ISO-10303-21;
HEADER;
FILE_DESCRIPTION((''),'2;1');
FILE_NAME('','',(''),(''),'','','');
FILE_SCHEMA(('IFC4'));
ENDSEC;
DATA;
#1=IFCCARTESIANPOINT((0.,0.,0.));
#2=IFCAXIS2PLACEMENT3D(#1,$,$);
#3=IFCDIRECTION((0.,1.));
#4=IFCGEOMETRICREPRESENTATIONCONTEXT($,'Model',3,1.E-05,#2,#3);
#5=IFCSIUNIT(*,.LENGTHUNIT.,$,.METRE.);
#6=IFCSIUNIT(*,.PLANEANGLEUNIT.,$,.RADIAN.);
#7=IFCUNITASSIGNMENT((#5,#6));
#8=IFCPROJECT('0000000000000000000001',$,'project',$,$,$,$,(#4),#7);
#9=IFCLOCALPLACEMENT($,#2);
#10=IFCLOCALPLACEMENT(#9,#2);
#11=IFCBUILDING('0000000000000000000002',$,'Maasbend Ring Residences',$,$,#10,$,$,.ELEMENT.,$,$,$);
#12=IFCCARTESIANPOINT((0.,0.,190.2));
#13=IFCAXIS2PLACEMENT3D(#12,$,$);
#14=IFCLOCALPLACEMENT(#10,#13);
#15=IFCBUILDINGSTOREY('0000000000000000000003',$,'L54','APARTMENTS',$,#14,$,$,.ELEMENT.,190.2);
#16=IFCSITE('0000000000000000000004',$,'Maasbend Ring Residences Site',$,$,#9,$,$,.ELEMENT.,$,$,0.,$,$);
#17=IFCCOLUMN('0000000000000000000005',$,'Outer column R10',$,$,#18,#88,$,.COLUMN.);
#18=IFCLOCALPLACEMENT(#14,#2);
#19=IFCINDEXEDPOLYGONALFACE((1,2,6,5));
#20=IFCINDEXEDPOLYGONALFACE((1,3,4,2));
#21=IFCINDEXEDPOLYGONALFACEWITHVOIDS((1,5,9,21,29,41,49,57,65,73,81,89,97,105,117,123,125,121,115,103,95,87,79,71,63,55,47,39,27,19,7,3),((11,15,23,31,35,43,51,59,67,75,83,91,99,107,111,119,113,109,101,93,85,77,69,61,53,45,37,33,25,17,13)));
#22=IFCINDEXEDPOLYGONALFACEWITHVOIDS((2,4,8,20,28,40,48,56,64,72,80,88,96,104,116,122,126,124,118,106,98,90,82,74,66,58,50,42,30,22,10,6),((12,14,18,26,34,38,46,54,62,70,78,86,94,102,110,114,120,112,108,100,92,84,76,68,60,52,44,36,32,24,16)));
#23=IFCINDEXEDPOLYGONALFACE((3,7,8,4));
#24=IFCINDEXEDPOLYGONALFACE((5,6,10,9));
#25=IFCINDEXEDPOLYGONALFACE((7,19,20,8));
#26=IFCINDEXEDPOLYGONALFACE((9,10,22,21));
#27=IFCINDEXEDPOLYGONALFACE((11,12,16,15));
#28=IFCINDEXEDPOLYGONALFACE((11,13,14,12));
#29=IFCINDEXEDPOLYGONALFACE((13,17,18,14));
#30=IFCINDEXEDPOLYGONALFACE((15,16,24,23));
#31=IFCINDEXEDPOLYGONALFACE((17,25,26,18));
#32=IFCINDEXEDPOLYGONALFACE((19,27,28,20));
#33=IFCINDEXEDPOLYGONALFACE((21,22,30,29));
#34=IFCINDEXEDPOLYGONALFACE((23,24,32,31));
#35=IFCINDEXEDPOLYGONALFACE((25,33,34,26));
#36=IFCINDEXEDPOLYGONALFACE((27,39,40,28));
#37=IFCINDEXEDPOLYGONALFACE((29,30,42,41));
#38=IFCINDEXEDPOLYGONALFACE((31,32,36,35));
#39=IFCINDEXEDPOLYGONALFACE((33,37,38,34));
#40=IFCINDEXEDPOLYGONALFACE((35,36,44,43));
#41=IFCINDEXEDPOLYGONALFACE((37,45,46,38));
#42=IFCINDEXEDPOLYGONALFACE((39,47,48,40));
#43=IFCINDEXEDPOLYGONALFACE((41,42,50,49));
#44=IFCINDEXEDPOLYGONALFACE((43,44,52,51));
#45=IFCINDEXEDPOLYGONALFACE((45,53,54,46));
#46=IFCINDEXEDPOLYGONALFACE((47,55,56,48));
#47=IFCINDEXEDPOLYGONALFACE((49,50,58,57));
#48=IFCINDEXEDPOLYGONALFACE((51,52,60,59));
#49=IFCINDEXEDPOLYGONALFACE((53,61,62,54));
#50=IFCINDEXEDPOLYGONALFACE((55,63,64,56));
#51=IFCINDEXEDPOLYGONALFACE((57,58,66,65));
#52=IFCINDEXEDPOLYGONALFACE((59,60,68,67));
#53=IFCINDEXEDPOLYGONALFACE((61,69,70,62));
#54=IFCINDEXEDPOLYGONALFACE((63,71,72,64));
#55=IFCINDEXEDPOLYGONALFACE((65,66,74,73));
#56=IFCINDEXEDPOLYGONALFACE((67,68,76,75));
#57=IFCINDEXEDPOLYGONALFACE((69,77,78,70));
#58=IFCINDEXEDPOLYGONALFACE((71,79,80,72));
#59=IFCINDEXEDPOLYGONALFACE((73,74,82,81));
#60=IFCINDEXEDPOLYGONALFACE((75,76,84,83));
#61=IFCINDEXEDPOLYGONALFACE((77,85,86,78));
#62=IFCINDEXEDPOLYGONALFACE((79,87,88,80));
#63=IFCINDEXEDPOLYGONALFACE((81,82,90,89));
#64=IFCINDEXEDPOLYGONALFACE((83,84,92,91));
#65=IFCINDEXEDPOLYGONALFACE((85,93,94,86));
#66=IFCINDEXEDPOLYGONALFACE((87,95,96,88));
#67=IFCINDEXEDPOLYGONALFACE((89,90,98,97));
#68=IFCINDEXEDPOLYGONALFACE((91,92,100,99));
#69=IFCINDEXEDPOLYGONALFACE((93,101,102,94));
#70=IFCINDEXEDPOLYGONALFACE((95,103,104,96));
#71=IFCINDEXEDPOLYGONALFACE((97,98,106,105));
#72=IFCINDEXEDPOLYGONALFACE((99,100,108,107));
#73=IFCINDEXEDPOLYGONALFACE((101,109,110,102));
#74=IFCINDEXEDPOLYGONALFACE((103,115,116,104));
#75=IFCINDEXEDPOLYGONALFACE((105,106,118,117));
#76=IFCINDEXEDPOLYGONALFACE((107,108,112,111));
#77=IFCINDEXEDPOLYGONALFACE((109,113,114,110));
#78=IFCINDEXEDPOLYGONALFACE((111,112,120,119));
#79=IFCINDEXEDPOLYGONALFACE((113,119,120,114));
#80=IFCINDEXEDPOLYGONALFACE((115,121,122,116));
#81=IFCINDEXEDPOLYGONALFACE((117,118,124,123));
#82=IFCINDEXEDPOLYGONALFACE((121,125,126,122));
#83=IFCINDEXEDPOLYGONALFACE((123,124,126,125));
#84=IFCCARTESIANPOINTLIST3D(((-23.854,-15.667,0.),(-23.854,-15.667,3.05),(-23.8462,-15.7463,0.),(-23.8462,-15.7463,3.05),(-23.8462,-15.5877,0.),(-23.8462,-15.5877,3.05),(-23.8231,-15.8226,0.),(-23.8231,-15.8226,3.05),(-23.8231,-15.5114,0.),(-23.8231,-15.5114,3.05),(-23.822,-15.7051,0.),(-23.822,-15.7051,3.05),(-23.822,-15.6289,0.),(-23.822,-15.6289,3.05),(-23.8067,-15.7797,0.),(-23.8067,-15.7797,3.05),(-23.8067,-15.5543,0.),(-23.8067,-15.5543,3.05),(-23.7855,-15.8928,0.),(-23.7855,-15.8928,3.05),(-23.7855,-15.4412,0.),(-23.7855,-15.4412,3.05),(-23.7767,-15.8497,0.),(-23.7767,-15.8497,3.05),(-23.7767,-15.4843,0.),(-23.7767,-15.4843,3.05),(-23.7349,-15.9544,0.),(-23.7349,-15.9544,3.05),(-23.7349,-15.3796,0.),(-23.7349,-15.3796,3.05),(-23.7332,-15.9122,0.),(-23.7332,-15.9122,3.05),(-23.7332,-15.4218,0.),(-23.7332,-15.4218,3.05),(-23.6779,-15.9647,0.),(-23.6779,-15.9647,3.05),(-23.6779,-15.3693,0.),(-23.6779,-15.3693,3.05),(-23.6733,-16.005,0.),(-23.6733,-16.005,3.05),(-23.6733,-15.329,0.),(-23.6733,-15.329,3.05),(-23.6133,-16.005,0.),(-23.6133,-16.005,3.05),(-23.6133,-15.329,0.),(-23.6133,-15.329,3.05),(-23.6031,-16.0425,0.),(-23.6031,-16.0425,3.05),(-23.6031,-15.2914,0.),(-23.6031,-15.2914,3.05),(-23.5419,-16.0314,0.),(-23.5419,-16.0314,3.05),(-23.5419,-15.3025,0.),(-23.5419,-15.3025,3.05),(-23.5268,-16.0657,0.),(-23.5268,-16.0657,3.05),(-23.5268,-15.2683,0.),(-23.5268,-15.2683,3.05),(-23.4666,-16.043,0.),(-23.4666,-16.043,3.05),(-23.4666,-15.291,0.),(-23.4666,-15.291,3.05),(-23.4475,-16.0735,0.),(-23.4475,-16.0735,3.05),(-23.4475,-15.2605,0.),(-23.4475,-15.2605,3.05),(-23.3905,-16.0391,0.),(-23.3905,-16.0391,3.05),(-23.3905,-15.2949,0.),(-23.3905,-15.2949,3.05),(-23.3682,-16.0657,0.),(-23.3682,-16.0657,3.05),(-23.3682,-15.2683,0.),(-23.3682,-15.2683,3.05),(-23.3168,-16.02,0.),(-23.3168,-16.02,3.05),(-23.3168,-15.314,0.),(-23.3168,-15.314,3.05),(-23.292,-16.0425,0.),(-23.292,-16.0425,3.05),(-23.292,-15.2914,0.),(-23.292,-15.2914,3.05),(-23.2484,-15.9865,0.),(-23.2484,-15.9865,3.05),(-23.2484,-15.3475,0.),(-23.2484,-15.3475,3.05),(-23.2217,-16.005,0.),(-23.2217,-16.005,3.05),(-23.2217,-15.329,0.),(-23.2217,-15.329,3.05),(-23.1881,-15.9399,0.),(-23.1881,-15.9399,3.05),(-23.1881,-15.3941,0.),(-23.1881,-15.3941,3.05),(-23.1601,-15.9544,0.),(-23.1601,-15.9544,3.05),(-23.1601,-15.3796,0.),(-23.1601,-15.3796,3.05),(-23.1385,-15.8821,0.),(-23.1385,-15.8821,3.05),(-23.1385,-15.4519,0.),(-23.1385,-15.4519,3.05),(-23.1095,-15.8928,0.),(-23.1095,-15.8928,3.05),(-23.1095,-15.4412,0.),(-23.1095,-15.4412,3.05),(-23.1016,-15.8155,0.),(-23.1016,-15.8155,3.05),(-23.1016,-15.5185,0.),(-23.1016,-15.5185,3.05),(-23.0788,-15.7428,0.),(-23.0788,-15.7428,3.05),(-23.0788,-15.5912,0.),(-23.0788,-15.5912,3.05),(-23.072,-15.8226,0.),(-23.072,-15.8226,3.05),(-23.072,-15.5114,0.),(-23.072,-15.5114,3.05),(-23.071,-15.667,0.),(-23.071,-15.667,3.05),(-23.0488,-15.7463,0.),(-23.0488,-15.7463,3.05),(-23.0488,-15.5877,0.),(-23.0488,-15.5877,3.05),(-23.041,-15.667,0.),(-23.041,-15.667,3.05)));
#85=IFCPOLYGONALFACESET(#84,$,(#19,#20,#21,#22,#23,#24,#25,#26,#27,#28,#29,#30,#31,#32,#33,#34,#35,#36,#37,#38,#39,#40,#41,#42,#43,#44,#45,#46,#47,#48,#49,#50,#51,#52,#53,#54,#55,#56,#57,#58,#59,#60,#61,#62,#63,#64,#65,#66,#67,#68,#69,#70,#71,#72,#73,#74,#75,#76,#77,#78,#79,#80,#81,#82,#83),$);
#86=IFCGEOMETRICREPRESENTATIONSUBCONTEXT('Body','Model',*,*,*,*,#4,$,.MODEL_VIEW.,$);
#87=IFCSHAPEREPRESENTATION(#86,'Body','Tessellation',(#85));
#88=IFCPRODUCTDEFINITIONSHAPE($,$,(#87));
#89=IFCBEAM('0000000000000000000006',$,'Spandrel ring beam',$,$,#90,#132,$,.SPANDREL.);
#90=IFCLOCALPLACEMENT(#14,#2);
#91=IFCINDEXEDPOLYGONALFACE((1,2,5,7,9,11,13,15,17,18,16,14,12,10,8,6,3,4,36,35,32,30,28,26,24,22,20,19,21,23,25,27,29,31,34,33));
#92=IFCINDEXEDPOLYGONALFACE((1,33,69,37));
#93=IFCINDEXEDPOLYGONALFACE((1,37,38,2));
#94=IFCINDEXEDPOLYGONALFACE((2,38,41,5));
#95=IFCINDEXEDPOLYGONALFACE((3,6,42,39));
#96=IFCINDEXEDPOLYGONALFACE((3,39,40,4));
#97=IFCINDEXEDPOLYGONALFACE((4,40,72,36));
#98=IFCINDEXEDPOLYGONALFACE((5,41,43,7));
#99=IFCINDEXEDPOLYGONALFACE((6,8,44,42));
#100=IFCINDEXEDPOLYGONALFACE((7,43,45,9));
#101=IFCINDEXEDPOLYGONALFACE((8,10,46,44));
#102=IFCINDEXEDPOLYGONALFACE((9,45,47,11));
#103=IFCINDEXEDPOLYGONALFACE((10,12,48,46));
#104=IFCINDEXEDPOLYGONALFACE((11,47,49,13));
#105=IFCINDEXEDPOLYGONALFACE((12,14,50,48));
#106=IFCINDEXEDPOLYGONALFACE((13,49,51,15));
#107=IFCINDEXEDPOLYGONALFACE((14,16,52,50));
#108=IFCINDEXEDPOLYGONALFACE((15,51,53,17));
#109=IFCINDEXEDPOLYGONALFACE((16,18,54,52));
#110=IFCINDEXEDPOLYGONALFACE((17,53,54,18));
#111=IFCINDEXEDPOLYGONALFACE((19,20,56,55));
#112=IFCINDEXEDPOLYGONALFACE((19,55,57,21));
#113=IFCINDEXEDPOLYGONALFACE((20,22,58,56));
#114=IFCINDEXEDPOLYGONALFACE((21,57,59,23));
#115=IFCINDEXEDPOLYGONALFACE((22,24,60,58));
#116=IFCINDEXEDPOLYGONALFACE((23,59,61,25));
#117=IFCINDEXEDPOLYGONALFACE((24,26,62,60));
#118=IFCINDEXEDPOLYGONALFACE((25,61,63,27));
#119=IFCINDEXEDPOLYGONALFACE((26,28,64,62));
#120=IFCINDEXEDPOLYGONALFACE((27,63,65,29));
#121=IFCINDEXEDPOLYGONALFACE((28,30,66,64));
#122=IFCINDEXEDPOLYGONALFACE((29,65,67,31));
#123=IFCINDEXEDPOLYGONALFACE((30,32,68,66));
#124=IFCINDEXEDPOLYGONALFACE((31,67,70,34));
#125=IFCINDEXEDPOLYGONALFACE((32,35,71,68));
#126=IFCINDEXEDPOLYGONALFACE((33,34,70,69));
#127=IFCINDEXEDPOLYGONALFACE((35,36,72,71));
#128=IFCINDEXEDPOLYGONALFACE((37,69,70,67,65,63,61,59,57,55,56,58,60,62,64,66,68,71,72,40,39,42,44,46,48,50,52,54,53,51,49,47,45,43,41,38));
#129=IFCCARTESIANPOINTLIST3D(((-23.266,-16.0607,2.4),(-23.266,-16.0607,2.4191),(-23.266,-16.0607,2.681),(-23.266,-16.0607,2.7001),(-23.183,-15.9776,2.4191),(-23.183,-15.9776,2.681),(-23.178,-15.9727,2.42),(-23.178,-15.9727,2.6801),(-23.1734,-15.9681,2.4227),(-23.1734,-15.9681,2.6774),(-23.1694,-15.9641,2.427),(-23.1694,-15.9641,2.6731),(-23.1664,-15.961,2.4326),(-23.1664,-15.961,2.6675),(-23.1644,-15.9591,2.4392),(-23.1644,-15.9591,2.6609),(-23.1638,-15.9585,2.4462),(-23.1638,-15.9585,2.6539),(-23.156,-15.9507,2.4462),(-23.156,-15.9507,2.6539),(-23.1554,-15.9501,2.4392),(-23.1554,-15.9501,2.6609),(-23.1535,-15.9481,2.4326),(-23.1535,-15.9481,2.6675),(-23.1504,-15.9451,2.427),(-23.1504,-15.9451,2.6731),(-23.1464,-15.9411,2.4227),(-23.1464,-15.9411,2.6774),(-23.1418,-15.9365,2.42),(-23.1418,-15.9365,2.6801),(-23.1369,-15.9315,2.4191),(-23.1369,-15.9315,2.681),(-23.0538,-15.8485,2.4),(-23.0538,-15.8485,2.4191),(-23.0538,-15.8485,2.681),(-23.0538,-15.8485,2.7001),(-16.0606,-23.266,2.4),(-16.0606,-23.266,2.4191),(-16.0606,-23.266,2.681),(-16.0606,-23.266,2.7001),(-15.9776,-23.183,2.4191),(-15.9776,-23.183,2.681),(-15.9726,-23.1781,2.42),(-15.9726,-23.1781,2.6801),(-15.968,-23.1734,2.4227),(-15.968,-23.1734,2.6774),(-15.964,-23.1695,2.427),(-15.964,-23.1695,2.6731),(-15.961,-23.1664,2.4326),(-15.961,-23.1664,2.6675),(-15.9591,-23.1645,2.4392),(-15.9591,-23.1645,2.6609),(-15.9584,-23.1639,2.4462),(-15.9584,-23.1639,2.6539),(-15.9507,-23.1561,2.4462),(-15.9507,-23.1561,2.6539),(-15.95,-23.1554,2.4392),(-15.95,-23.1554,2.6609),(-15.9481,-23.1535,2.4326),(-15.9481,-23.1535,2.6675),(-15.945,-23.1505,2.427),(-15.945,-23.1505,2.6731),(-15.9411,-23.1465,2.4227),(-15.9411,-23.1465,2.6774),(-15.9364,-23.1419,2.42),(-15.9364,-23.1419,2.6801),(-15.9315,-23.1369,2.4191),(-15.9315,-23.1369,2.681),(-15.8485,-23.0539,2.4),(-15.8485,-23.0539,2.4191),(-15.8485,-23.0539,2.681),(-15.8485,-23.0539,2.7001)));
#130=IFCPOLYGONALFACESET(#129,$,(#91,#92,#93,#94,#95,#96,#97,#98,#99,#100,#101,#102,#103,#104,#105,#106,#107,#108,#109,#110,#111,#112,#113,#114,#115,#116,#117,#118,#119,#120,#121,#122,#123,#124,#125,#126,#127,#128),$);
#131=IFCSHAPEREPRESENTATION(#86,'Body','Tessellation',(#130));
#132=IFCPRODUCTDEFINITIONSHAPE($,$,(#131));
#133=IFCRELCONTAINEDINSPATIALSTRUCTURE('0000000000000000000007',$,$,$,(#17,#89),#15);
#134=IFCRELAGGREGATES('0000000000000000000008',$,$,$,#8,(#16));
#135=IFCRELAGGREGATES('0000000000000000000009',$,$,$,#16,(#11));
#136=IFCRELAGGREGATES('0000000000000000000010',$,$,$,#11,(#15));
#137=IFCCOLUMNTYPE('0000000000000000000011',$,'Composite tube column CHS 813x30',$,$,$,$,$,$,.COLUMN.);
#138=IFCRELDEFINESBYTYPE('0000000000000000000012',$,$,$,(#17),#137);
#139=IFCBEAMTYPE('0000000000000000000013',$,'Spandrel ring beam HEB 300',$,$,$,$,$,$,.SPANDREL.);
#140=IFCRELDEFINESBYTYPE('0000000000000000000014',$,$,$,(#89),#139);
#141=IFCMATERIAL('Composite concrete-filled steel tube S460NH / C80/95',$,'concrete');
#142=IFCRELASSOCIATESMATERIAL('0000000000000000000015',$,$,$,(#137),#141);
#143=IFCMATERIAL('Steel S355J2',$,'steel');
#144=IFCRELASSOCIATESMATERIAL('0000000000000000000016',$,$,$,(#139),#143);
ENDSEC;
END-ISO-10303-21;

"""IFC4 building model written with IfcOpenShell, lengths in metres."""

from ifc_helpers import new_model, si_unit, direction, frame, origin, origin_2d, place, context, subcontext, project, spatial, hollow_circle, i_section, extrude, material, material_profile, profile_set, type_object, element, save


model = new_model("IFC4")

# Units and contexts
model_context = context("Model", 3, precision=1e-05, world=origin(), true_north=direction((0.0, 1.0)))
body_context = subcontext(model_context, "Body", "Model", "MODEL_VIEW")
ifc_project = project(units=[si_unit("LENGTHUNIT", "METRE"), si_unit("PLANEANGLEUNIT", "RADIAN")], contexts=[model_context])

# Site, building, storey
site_placement = place(None, origin())
site = spatial("IfcSite", under=ifc_project, at=site_placement, Name="Maasbend Ring Residences Site", CompositionType="ELEMENT", RefElevation=0.0)
building_placement = place(site_placement, origin())
building = spatial("IfcBuilding", under=site, at=building_placement, Name="Maasbend Ring Residences", CompositionType="ELEMENT")
storey_placement = place(building_placement, frame((0.0, 0.0, 190.2)))
storey = spatial("IfcBuildingStorey", under=building, at=storey_placement, Name="L54", Description="APARTMENTS", CompositionType="ELEMENT", Elevation=190.2)

# Column
ifc_material_1 = material(Name="Composite concrete-filled steel tube S460NH / C80/95", Category="concrete")
ifc_material_profile_1 = material_profile(ifc_material_1, hollow_circle(Radius=0.4065, WallThickness=0.03, at=origin_2d()), Name="Composite tube column CHS 813x30")
ifc_profile_set_1 = profile_set([ifc_material_profile_1], Name="Composite concrete-filled steel tube S460NH / C80/95")
column_type = type_object("IfcColumnType", Name="Composite tube column CHS 813x30", PredefinedType="COLUMN", material=ifc_profile_set_1)
column_placement = place(storey_placement, frame((-23.4475, -15.667, 0.0), z_axis=(0.0, 0.0, 1.0), x_axis=(1.0, 0.0, 0.0)))
element("IfcColumn", 1, at=column_placement, inside=storey, type_object=column_type, Name="Outer column R10", PredefinedType="COLUMN", context=body_context, shape_type="SweptSolid", body=[
    extrude(hollow_circle(Radius=0.4065, WallThickness=0.03, at=origin_2d()), origin(), (0.0, 0.0, 1.0), 3.05),
])

# Beam
ifc_material_2 = material(Name="Steel S355J2", Category="steel")
ifc_material_profile_2 = material_profile(ifc_material_2, i_section(OverallWidth=0.3, OverallDepth=0.3, WebThickness=0.011, FlangeThickness=0.019, FilletRadius=0.0271, at=origin_2d()), Name="HEB 300")
ifc_profile_set_2 = profile_set([ifc_material_profile_2], Name="Steel S355J2")
beam_type = type_object("IfcBeamType", Name="Spandrel ring beam HEB 300", PredefinedType="SPANDREL", material=ifc_profile_set_2)
beam_placement = place(storey_placement, frame((-23.1599, -15.9546, 2.55), z_axis=(0.707107, -0.707107, 0.0), x_axis=(0.707107, 0.707107, 0.0)))
element("IfcBeam", 2, at=beam_placement, inside=storey, type_object=beam_type, Name="Spandrel ring beam", PredefinedType="SPANDREL", context=body_context, shape_type="SweptSolid", body=[
    extrude(i_section(OverallWidth=0.3, OverallDepth=0.3, WebThickness=0.011, FlangeThickness=0.019, FilletRadius=0.0271, at=origin_2d()), origin(), (0.0, 0.0, 1.0), 10.1899),
])

save(model, "model.ifc")
